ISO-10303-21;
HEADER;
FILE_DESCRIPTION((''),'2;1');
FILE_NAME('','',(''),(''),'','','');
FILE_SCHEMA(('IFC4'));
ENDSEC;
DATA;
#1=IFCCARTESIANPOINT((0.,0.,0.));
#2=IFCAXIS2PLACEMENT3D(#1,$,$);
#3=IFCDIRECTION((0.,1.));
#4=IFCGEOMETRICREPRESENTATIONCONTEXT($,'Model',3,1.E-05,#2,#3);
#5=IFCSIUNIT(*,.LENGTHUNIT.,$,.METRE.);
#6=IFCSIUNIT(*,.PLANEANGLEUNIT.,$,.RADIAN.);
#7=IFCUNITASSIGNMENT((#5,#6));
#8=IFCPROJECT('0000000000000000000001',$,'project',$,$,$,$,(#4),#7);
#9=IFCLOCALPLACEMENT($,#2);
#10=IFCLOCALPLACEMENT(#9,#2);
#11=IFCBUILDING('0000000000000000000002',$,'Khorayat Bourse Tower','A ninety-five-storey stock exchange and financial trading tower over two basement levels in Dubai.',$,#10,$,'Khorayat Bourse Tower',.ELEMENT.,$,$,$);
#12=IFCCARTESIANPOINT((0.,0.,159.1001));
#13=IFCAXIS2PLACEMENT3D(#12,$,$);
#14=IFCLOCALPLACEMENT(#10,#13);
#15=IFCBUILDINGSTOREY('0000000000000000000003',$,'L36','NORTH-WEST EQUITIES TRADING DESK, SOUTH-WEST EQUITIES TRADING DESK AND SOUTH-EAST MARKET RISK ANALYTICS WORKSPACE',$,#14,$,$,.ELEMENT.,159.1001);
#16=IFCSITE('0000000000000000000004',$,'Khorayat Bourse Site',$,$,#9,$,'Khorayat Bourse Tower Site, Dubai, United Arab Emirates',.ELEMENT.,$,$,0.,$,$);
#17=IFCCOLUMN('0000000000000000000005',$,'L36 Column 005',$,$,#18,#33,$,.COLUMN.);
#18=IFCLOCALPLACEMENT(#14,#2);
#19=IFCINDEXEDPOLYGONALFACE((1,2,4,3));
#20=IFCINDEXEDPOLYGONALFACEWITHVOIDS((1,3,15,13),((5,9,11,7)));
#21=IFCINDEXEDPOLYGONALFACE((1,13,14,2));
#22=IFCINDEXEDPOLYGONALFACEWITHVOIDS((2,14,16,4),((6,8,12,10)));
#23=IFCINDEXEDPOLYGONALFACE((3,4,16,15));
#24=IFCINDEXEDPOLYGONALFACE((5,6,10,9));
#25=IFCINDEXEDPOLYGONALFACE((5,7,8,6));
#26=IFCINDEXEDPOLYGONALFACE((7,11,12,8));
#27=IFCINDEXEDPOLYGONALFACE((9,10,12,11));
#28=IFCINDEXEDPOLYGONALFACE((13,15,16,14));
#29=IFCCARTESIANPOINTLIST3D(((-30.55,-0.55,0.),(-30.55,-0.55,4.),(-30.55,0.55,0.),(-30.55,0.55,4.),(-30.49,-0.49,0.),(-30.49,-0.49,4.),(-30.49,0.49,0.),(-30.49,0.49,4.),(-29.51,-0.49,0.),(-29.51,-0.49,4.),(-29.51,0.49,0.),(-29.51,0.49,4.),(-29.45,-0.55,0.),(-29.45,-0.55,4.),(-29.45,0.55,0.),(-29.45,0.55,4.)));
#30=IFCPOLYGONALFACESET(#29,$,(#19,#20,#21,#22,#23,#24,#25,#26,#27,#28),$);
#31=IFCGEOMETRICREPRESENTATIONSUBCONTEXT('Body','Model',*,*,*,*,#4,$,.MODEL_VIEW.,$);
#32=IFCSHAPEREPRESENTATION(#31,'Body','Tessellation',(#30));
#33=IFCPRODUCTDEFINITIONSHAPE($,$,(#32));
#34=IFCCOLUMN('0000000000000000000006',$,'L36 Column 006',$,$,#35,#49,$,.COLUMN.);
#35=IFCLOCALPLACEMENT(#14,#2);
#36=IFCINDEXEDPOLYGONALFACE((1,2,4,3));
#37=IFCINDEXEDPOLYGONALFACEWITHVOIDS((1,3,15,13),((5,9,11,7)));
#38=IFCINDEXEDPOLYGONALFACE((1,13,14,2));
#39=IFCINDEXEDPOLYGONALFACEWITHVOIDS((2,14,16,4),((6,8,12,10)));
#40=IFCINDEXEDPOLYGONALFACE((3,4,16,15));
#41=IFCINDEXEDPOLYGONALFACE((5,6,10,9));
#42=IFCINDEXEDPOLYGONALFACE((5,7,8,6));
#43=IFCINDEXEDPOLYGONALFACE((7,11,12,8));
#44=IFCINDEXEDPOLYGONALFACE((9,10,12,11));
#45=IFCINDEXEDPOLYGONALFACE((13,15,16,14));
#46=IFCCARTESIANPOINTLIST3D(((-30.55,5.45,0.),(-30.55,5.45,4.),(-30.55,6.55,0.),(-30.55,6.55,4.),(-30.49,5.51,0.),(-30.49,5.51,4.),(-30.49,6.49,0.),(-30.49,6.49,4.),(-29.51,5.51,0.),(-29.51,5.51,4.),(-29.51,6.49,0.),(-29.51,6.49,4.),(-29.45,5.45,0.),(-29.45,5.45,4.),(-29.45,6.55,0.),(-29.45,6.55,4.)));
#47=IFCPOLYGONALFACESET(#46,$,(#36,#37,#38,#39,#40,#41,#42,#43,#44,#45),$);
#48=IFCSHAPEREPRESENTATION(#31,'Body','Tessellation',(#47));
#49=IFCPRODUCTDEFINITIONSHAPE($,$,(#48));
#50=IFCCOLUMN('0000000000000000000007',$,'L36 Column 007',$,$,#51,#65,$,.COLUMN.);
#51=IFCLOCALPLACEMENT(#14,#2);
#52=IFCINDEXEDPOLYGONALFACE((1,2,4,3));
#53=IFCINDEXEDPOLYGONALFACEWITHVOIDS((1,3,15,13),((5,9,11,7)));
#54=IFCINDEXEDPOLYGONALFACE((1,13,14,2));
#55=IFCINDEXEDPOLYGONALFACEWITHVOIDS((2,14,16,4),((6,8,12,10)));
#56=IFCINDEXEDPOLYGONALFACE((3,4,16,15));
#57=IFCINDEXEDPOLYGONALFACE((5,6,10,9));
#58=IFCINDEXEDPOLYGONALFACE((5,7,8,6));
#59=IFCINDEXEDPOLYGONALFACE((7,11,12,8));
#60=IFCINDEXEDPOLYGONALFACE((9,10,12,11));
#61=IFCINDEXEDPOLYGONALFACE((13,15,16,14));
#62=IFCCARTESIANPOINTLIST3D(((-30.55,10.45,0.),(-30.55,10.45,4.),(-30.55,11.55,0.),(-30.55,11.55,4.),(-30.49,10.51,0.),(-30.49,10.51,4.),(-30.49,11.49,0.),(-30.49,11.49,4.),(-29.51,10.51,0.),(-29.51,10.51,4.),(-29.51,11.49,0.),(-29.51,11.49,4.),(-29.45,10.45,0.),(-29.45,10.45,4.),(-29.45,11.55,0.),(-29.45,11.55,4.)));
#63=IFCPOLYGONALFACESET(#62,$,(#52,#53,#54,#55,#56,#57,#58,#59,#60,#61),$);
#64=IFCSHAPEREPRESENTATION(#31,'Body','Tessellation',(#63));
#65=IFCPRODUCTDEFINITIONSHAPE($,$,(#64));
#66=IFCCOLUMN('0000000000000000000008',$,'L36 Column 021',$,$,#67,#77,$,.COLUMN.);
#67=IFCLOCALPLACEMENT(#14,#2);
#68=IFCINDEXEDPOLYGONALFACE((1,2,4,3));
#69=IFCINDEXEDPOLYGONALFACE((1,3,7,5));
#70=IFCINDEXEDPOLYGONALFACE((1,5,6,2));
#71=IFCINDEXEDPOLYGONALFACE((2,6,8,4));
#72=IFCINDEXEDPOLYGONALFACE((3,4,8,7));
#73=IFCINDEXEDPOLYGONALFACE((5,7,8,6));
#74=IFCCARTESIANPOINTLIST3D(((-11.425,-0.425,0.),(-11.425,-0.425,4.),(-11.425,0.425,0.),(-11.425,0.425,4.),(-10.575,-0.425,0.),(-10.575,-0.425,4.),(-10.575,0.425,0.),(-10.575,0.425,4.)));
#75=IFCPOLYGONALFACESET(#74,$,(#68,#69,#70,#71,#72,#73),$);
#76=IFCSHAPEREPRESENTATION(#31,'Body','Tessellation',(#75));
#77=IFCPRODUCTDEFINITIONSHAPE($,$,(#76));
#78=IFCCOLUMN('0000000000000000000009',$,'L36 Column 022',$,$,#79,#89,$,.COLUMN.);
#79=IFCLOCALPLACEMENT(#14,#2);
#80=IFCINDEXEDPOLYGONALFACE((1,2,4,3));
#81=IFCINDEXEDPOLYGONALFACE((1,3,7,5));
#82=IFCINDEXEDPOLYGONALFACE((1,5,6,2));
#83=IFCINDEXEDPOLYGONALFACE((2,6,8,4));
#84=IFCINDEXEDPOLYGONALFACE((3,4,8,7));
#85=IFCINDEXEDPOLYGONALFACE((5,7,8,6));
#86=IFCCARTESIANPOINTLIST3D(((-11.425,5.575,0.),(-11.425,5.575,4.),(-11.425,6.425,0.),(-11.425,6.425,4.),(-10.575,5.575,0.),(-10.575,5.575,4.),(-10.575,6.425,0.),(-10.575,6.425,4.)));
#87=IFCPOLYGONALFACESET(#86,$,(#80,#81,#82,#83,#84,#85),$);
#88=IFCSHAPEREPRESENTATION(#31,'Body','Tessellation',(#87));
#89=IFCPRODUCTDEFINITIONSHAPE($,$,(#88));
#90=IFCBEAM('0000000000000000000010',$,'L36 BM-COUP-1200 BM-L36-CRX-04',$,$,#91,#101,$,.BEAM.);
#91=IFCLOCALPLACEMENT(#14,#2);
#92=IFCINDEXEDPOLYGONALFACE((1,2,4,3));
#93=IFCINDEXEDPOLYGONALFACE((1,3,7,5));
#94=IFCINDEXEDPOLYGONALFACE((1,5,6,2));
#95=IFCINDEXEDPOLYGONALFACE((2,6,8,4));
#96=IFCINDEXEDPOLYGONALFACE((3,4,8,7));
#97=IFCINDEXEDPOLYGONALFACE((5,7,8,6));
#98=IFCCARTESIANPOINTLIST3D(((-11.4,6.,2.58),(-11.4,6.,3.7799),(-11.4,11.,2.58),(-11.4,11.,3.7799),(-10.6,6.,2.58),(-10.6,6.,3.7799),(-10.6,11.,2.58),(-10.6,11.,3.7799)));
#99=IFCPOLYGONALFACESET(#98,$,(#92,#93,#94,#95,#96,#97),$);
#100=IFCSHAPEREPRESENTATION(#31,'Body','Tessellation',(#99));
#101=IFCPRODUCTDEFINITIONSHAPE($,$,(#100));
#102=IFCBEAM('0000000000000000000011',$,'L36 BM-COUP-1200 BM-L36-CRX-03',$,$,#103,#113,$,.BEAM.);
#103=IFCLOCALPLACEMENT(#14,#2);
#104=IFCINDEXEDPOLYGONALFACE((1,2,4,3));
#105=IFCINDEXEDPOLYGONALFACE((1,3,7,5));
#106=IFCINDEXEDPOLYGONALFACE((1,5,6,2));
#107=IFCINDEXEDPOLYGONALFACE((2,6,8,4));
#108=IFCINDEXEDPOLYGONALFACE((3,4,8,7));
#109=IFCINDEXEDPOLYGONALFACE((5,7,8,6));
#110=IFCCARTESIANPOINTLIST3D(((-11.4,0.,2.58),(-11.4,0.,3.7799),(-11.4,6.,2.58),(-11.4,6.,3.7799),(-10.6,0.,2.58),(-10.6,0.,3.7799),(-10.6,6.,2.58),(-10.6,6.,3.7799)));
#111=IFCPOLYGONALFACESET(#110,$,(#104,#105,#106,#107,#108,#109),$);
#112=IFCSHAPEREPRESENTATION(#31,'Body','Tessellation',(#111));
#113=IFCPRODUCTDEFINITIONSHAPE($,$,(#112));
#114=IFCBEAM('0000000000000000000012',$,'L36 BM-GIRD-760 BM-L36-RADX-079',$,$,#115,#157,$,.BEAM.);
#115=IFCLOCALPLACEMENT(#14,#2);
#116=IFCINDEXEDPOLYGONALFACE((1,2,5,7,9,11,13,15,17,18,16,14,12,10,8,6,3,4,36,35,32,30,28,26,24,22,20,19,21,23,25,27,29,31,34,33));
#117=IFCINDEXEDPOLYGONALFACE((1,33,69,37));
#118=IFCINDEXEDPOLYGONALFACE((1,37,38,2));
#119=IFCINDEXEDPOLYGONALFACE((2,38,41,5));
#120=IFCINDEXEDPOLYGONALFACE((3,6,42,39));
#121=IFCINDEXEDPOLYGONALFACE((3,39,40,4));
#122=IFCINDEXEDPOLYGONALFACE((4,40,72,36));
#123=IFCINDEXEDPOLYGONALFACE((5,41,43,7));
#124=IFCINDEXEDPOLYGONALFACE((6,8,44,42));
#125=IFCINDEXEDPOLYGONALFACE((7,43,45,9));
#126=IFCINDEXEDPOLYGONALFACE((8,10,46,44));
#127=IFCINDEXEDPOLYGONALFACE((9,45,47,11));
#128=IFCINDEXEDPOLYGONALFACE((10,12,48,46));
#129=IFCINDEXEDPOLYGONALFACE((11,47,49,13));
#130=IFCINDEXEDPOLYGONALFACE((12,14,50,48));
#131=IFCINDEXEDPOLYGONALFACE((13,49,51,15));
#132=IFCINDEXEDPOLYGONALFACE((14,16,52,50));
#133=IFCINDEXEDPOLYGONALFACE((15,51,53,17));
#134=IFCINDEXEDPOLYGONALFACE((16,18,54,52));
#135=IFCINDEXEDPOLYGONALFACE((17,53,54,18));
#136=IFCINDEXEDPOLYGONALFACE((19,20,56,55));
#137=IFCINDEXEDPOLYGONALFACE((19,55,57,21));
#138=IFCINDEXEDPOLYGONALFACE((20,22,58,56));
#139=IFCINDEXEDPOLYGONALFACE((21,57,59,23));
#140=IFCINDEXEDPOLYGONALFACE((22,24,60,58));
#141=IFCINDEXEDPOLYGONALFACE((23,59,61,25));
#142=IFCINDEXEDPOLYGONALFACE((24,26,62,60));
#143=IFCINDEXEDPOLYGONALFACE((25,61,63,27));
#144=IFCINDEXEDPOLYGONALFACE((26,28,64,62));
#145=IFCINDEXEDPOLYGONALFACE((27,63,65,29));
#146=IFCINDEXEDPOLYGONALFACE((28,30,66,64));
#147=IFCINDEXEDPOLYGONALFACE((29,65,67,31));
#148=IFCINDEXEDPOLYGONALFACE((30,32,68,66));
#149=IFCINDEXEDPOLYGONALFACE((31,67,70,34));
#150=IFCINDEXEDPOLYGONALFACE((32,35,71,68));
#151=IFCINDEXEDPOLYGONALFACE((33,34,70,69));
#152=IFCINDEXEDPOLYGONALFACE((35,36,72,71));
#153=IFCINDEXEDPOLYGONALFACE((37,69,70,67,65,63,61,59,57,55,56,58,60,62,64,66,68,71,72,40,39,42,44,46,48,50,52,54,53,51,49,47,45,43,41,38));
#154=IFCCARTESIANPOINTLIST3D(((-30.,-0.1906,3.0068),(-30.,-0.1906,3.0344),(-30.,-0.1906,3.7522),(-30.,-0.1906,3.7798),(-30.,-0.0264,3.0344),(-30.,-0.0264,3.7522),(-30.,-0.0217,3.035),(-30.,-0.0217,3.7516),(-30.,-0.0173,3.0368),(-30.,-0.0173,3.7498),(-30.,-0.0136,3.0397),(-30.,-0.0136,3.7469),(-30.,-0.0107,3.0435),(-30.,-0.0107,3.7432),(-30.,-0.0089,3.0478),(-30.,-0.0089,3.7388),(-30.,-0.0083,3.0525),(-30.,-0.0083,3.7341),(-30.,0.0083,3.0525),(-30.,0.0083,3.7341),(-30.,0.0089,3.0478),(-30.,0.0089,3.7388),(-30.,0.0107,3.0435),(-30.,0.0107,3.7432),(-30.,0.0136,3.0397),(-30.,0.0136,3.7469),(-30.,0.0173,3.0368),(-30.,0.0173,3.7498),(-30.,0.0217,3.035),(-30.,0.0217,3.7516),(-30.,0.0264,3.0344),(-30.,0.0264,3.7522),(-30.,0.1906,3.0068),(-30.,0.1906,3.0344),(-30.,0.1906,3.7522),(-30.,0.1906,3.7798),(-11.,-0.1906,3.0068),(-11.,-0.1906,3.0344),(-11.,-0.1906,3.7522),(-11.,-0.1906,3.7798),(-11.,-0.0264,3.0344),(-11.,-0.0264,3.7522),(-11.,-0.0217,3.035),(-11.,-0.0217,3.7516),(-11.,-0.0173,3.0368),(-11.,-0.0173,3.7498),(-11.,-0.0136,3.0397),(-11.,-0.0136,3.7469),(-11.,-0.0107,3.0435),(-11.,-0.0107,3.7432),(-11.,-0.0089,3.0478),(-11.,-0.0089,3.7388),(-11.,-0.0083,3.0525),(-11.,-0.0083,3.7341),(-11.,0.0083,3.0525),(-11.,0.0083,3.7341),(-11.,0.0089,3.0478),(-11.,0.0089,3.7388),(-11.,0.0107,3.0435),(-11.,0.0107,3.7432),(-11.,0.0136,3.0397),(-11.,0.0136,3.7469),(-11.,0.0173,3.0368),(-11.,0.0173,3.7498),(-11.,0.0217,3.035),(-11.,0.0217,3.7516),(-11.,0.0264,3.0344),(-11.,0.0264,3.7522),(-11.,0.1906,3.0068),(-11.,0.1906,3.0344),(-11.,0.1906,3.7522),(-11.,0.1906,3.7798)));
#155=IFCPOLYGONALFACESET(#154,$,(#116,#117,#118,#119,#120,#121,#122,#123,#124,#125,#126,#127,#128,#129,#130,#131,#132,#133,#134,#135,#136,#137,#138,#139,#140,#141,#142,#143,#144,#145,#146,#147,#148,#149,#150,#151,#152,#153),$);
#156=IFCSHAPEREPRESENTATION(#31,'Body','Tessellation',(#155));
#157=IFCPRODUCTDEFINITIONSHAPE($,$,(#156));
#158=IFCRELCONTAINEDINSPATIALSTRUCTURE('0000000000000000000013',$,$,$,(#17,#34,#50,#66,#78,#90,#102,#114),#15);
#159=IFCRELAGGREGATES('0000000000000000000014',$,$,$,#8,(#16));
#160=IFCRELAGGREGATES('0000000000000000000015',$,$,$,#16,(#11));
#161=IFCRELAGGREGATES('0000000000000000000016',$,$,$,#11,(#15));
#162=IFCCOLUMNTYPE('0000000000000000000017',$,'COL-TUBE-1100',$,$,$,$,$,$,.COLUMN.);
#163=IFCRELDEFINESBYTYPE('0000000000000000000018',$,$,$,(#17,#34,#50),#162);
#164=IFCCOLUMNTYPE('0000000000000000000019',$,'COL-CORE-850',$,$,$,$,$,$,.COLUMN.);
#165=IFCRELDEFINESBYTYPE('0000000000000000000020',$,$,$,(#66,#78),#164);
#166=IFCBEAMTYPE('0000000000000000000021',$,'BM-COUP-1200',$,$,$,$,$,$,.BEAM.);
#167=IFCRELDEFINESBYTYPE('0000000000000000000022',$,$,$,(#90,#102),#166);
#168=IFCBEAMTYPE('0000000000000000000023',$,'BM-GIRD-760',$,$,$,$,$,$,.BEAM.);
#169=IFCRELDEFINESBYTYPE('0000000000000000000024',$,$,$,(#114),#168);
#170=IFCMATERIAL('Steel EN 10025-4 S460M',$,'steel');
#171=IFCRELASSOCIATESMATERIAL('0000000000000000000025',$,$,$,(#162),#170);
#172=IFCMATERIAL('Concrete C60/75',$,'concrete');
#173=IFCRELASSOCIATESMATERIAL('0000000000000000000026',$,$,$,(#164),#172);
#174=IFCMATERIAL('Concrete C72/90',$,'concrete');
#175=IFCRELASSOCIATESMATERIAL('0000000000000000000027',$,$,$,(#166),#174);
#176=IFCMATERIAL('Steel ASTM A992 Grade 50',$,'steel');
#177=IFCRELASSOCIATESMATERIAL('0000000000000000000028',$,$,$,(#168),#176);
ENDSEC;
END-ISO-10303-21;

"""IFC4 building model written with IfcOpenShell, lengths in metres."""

from ifc_helpers import new_model, si_unit, direction, frame, origin, origin_2d, place, context, subcontext, project, spatial, rectangle, hollow_rectangle, i_section, extrude, source, transform, mapped, material, material_profile, profile_set, type_object, element, save


model = new_model("IFC4")

# Units and contexts
model_context = context("Model", 3, precision=1e-05, world=origin(), true_north=direction((0.0, 1.0)))
body_context = subcontext(model_context, "Body", "Model", "MODEL_VIEW")
ifc_project = project(units=[si_unit("LENGTHUNIT", "METRE"), si_unit("PLANEANGLEUNIT", "RADIAN")], contexts=[model_context])

# Site, building, storey
site_placement = place(None, origin())
site = spatial("IfcSite", under=ifc_project, at=site_placement, Name="Khorayat Bourse Site", LongName="Khorayat Bourse Tower Site, Dubai, United Arab Emirates", CompositionType="ELEMENT", RefElevation=0.0)
building_placement = place(site_placement, origin())
building = spatial("IfcBuilding", under=site, at=building_placement, Name="Khorayat Bourse Tower", Description="A ninety-five-storey stock exchange and financial trading tower over two basement levels in Dubai.", LongName="Khorayat Bourse Tower", CompositionType="ELEMENT")
storey_placement = place(building_placement, frame((0.0, 0.0, 159.1001)))
storey = spatial("IfcBuildingStorey", under=building, at=storey_placement, Name="L36", Description="NORTH-WEST EQUITIES TRADING DESK, SOUTH-WEST EQUITIES TRADING DESK AND SOUTH-EAST MARKET RISK ANALYTICS WORKSPACE", CompositionType="ELEMENT", Elevation=159.1001)

# Columns
ifc_material_1 = material(Name="Steel EN 10025-4 S460M", Category="steel")
ifc_material_profile_1 = material_profile(ifc_material_1, hollow_rectangle(XDim=1.1001, YDim=1.1001, WallThickness=0.0601, at=origin_2d()), Name="BOX 1100x1100x60")
ifc_profile_set_1 = profile_set([ifc_material_profile_1], Name="Steel EN 10025-4 S460M")
column_type_1 = type_object("IfcColumnType", Name="COL-TUBE-1100", PredefinedType="COLUMN", material=ifc_profile_set_1)
shared_shape_1 = source(origin(), body_context, "Body", "SweptSolid", [
    extrude(hollow_rectangle(XDim=1.1001, YDim=1.1001, WallThickness=0.0601, at=origin_2d()), origin(), (0.0, 0.0, 1.0), 4.0),
])
for number, where, z_axis, x_axis, name in (
    (1, (-30.0, 0.0, 0.0), (0.0, 0.0, 1.0), (1.0, 0.0, 0.0), "L36 Column 005"),
    (2, (-30.0, 6.0, 0.0), (0.0, 0.0, 1.0), (1.0, 0.0, 0.0), "L36 Column 006"),
    (3, (-30.0, 11.0, 0.0), (0.0, 0.0, 1.0), (1.0, 0.0, 0.0), "L36 Column 007"),
):
    element("IfcColumn", number, at=place(storey_placement, frame(where, z_axis=z_axis, x_axis=x_axis)), inside=storey, type_object=column_type_1, Name=name, PredefinedType="COLUMN", context=body_context, shape_type="MappedRepresentation", body=[
        mapped(shared_shape_1, transform((0.0, 0.0, 0.0), scale=1.0)),
    ])
ifc_material_2 = material(Name="Concrete C60/75", Category="concrete")
ifc_material_profile_2 = material_profile(ifc_material_2, rectangle(XDim=0.8501, YDim=0.8501, at=origin_2d()), Name="RC 850x850")
ifc_profile_set_2 = profile_set([ifc_material_profile_2], Name="Concrete C60/75")
column_type_2 = type_object("IfcColumnType", Name="COL-CORE-850", PredefinedType="COLUMN", material=ifc_profile_set_2)
shared_shape_2 = source(origin(), body_context, "Body", "SweptSolid", [
    extrude(rectangle(XDim=0.8501, YDim=0.8501, at=origin_2d()), origin(), (0.0, 0.0, 1.0), 4.0),
])
for number, where, z_axis, x_axis, name in (
    (4, (-11.0, 0.0, 0.0), (0.0, 0.0, 1.0), (1.0, 0.0, 0.0), "L36 Column 021"),
    (5, (-11.0, 6.0, 0.0), (0.0, 0.0, 1.0), (1.0, 0.0, 0.0), "L36 Column 022"),
):
    element("IfcColumn", number, at=place(storey_placement, frame(where, z_axis=z_axis, x_axis=x_axis)), inside=storey, type_object=column_type_2, Name=name, PredefinedType="COLUMN", context=body_context, shape_type="MappedRepresentation", body=[
        mapped(shared_shape_2, transform((0.0, 0.0, 0.0), scale=1.0)),
    ])

# Beams
ifc_material_3 = material(Name="Concrete C72/90", Category="concrete")
ifc_material_profile_3 = material_profile(ifc_material_3, rectangle(XDim=0.8, YDim=1.2, at=origin_2d()), Name="RC 800x1200")
ifc_profile_set_3 = profile_set([ifc_material_profile_3], Name="Concrete C72/90")
beam_type_1 = type_object("IfcBeamType", Name="BM-COUP-1200", PredefinedType="BEAM", material=ifc_profile_set_3)
shared_shape_3 = source(origin(), body_context, "Body", "SweptSolid", [
    extrude(rectangle(XDim=0.8, YDim=1.2, at=origin_2d()), origin(), (0.0, 0.0, 1.0), 5.0),
])
beam_1_placement = place(storey_placement, frame((-11.0, 6.0, 3.1799), z_axis=(0.0, 1.0, 0.0), x_axis=(-1.0, 0.0, 0.0)))
element("IfcBeam", 6, at=beam_1_placement, inside=storey, type_object=beam_type_1, Name="L36 BM-COUP-1200 BM-L36-CRX-04", PredefinedType="BEAM", context=body_context, shape_type="MappedRepresentation", body=[
    mapped(shared_shape_3, transform((0.0, 0.0, 0.0), scale=1.0)),
])
shared_shape_4 = source(origin(), body_context, "Body", "SweptSolid", [
    extrude(rectangle(XDim=0.8, YDim=1.2, at=origin_2d()), origin(), (0.0, 0.0, 1.0), 6.0),
])
beam_2_placement = place(storey_placement, frame((-11.0, 0.0, 3.1799), z_axis=(0.0, 1.0, 0.0), x_axis=(-1.0, 0.0, 0.0)))
element("IfcBeam", 7, at=beam_2_placement, inside=storey, type_object=beam_type_1, Name="L36 BM-COUP-1200 BM-L36-CRX-03", PredefinedType="BEAM", context=body_context, shape_type="MappedRepresentation", body=[
    mapped(shared_shape_4, transform((0.0, 0.0, 0.0), scale=1.0)),
])
ifc_material_4 = material(Name="Steel ASTM A992 Grade 50", Category="steel")
ifc_material_profile_4 = material_profile(ifc_material_4, i_section(OverallWidth=0.3811, OverallDepth=0.7729, WebThickness=0.0166, FlangeThickness=0.0276, FilletRadius=0.0181, at=origin_2d()), Name="W760X257")
ifc_profile_set_4 = profile_set([ifc_material_profile_4], Name="Steel ASTM A992 Grade 50")
beam_type_2 = type_object("IfcBeamType", Name="BM-GIRD-760", PredefinedType="BEAM", material=ifc_profile_set_4)
shared_shape_5 = source(origin(), body_context, "Body", "SweptSolid", [
    extrude(i_section(OverallWidth=0.3811, OverallDepth=0.7729, WebThickness=0.0166, FlangeThickness=0.0276, FilletRadius=0.0181, at=origin_2d()), origin(), (0.0, 0.0, 1.0), 19.0),
])
for number, where, z_axis, x_axis, name in (
    (8, (-30.0, 0.0, 3.3933), (1.0, 0.0, 0.0), (0.0, 1.0, 0.0), "L36 BM-GIRD-760 BM-L36-RADX-079"),
):
    element("IfcBeam", number, at=place(storey_placement, frame(where, z_axis=z_axis, x_axis=x_axis)), inside=storey, type_object=beam_type_2, Name=name, PredefinedType="BEAM", context=body_context, shape_type="MappedRepresentation", body=[
        mapped(shared_shape_5, transform((0.0, 0.0, 0.0), scale=1.0)),
    ])

save(model, "model.ifc")
